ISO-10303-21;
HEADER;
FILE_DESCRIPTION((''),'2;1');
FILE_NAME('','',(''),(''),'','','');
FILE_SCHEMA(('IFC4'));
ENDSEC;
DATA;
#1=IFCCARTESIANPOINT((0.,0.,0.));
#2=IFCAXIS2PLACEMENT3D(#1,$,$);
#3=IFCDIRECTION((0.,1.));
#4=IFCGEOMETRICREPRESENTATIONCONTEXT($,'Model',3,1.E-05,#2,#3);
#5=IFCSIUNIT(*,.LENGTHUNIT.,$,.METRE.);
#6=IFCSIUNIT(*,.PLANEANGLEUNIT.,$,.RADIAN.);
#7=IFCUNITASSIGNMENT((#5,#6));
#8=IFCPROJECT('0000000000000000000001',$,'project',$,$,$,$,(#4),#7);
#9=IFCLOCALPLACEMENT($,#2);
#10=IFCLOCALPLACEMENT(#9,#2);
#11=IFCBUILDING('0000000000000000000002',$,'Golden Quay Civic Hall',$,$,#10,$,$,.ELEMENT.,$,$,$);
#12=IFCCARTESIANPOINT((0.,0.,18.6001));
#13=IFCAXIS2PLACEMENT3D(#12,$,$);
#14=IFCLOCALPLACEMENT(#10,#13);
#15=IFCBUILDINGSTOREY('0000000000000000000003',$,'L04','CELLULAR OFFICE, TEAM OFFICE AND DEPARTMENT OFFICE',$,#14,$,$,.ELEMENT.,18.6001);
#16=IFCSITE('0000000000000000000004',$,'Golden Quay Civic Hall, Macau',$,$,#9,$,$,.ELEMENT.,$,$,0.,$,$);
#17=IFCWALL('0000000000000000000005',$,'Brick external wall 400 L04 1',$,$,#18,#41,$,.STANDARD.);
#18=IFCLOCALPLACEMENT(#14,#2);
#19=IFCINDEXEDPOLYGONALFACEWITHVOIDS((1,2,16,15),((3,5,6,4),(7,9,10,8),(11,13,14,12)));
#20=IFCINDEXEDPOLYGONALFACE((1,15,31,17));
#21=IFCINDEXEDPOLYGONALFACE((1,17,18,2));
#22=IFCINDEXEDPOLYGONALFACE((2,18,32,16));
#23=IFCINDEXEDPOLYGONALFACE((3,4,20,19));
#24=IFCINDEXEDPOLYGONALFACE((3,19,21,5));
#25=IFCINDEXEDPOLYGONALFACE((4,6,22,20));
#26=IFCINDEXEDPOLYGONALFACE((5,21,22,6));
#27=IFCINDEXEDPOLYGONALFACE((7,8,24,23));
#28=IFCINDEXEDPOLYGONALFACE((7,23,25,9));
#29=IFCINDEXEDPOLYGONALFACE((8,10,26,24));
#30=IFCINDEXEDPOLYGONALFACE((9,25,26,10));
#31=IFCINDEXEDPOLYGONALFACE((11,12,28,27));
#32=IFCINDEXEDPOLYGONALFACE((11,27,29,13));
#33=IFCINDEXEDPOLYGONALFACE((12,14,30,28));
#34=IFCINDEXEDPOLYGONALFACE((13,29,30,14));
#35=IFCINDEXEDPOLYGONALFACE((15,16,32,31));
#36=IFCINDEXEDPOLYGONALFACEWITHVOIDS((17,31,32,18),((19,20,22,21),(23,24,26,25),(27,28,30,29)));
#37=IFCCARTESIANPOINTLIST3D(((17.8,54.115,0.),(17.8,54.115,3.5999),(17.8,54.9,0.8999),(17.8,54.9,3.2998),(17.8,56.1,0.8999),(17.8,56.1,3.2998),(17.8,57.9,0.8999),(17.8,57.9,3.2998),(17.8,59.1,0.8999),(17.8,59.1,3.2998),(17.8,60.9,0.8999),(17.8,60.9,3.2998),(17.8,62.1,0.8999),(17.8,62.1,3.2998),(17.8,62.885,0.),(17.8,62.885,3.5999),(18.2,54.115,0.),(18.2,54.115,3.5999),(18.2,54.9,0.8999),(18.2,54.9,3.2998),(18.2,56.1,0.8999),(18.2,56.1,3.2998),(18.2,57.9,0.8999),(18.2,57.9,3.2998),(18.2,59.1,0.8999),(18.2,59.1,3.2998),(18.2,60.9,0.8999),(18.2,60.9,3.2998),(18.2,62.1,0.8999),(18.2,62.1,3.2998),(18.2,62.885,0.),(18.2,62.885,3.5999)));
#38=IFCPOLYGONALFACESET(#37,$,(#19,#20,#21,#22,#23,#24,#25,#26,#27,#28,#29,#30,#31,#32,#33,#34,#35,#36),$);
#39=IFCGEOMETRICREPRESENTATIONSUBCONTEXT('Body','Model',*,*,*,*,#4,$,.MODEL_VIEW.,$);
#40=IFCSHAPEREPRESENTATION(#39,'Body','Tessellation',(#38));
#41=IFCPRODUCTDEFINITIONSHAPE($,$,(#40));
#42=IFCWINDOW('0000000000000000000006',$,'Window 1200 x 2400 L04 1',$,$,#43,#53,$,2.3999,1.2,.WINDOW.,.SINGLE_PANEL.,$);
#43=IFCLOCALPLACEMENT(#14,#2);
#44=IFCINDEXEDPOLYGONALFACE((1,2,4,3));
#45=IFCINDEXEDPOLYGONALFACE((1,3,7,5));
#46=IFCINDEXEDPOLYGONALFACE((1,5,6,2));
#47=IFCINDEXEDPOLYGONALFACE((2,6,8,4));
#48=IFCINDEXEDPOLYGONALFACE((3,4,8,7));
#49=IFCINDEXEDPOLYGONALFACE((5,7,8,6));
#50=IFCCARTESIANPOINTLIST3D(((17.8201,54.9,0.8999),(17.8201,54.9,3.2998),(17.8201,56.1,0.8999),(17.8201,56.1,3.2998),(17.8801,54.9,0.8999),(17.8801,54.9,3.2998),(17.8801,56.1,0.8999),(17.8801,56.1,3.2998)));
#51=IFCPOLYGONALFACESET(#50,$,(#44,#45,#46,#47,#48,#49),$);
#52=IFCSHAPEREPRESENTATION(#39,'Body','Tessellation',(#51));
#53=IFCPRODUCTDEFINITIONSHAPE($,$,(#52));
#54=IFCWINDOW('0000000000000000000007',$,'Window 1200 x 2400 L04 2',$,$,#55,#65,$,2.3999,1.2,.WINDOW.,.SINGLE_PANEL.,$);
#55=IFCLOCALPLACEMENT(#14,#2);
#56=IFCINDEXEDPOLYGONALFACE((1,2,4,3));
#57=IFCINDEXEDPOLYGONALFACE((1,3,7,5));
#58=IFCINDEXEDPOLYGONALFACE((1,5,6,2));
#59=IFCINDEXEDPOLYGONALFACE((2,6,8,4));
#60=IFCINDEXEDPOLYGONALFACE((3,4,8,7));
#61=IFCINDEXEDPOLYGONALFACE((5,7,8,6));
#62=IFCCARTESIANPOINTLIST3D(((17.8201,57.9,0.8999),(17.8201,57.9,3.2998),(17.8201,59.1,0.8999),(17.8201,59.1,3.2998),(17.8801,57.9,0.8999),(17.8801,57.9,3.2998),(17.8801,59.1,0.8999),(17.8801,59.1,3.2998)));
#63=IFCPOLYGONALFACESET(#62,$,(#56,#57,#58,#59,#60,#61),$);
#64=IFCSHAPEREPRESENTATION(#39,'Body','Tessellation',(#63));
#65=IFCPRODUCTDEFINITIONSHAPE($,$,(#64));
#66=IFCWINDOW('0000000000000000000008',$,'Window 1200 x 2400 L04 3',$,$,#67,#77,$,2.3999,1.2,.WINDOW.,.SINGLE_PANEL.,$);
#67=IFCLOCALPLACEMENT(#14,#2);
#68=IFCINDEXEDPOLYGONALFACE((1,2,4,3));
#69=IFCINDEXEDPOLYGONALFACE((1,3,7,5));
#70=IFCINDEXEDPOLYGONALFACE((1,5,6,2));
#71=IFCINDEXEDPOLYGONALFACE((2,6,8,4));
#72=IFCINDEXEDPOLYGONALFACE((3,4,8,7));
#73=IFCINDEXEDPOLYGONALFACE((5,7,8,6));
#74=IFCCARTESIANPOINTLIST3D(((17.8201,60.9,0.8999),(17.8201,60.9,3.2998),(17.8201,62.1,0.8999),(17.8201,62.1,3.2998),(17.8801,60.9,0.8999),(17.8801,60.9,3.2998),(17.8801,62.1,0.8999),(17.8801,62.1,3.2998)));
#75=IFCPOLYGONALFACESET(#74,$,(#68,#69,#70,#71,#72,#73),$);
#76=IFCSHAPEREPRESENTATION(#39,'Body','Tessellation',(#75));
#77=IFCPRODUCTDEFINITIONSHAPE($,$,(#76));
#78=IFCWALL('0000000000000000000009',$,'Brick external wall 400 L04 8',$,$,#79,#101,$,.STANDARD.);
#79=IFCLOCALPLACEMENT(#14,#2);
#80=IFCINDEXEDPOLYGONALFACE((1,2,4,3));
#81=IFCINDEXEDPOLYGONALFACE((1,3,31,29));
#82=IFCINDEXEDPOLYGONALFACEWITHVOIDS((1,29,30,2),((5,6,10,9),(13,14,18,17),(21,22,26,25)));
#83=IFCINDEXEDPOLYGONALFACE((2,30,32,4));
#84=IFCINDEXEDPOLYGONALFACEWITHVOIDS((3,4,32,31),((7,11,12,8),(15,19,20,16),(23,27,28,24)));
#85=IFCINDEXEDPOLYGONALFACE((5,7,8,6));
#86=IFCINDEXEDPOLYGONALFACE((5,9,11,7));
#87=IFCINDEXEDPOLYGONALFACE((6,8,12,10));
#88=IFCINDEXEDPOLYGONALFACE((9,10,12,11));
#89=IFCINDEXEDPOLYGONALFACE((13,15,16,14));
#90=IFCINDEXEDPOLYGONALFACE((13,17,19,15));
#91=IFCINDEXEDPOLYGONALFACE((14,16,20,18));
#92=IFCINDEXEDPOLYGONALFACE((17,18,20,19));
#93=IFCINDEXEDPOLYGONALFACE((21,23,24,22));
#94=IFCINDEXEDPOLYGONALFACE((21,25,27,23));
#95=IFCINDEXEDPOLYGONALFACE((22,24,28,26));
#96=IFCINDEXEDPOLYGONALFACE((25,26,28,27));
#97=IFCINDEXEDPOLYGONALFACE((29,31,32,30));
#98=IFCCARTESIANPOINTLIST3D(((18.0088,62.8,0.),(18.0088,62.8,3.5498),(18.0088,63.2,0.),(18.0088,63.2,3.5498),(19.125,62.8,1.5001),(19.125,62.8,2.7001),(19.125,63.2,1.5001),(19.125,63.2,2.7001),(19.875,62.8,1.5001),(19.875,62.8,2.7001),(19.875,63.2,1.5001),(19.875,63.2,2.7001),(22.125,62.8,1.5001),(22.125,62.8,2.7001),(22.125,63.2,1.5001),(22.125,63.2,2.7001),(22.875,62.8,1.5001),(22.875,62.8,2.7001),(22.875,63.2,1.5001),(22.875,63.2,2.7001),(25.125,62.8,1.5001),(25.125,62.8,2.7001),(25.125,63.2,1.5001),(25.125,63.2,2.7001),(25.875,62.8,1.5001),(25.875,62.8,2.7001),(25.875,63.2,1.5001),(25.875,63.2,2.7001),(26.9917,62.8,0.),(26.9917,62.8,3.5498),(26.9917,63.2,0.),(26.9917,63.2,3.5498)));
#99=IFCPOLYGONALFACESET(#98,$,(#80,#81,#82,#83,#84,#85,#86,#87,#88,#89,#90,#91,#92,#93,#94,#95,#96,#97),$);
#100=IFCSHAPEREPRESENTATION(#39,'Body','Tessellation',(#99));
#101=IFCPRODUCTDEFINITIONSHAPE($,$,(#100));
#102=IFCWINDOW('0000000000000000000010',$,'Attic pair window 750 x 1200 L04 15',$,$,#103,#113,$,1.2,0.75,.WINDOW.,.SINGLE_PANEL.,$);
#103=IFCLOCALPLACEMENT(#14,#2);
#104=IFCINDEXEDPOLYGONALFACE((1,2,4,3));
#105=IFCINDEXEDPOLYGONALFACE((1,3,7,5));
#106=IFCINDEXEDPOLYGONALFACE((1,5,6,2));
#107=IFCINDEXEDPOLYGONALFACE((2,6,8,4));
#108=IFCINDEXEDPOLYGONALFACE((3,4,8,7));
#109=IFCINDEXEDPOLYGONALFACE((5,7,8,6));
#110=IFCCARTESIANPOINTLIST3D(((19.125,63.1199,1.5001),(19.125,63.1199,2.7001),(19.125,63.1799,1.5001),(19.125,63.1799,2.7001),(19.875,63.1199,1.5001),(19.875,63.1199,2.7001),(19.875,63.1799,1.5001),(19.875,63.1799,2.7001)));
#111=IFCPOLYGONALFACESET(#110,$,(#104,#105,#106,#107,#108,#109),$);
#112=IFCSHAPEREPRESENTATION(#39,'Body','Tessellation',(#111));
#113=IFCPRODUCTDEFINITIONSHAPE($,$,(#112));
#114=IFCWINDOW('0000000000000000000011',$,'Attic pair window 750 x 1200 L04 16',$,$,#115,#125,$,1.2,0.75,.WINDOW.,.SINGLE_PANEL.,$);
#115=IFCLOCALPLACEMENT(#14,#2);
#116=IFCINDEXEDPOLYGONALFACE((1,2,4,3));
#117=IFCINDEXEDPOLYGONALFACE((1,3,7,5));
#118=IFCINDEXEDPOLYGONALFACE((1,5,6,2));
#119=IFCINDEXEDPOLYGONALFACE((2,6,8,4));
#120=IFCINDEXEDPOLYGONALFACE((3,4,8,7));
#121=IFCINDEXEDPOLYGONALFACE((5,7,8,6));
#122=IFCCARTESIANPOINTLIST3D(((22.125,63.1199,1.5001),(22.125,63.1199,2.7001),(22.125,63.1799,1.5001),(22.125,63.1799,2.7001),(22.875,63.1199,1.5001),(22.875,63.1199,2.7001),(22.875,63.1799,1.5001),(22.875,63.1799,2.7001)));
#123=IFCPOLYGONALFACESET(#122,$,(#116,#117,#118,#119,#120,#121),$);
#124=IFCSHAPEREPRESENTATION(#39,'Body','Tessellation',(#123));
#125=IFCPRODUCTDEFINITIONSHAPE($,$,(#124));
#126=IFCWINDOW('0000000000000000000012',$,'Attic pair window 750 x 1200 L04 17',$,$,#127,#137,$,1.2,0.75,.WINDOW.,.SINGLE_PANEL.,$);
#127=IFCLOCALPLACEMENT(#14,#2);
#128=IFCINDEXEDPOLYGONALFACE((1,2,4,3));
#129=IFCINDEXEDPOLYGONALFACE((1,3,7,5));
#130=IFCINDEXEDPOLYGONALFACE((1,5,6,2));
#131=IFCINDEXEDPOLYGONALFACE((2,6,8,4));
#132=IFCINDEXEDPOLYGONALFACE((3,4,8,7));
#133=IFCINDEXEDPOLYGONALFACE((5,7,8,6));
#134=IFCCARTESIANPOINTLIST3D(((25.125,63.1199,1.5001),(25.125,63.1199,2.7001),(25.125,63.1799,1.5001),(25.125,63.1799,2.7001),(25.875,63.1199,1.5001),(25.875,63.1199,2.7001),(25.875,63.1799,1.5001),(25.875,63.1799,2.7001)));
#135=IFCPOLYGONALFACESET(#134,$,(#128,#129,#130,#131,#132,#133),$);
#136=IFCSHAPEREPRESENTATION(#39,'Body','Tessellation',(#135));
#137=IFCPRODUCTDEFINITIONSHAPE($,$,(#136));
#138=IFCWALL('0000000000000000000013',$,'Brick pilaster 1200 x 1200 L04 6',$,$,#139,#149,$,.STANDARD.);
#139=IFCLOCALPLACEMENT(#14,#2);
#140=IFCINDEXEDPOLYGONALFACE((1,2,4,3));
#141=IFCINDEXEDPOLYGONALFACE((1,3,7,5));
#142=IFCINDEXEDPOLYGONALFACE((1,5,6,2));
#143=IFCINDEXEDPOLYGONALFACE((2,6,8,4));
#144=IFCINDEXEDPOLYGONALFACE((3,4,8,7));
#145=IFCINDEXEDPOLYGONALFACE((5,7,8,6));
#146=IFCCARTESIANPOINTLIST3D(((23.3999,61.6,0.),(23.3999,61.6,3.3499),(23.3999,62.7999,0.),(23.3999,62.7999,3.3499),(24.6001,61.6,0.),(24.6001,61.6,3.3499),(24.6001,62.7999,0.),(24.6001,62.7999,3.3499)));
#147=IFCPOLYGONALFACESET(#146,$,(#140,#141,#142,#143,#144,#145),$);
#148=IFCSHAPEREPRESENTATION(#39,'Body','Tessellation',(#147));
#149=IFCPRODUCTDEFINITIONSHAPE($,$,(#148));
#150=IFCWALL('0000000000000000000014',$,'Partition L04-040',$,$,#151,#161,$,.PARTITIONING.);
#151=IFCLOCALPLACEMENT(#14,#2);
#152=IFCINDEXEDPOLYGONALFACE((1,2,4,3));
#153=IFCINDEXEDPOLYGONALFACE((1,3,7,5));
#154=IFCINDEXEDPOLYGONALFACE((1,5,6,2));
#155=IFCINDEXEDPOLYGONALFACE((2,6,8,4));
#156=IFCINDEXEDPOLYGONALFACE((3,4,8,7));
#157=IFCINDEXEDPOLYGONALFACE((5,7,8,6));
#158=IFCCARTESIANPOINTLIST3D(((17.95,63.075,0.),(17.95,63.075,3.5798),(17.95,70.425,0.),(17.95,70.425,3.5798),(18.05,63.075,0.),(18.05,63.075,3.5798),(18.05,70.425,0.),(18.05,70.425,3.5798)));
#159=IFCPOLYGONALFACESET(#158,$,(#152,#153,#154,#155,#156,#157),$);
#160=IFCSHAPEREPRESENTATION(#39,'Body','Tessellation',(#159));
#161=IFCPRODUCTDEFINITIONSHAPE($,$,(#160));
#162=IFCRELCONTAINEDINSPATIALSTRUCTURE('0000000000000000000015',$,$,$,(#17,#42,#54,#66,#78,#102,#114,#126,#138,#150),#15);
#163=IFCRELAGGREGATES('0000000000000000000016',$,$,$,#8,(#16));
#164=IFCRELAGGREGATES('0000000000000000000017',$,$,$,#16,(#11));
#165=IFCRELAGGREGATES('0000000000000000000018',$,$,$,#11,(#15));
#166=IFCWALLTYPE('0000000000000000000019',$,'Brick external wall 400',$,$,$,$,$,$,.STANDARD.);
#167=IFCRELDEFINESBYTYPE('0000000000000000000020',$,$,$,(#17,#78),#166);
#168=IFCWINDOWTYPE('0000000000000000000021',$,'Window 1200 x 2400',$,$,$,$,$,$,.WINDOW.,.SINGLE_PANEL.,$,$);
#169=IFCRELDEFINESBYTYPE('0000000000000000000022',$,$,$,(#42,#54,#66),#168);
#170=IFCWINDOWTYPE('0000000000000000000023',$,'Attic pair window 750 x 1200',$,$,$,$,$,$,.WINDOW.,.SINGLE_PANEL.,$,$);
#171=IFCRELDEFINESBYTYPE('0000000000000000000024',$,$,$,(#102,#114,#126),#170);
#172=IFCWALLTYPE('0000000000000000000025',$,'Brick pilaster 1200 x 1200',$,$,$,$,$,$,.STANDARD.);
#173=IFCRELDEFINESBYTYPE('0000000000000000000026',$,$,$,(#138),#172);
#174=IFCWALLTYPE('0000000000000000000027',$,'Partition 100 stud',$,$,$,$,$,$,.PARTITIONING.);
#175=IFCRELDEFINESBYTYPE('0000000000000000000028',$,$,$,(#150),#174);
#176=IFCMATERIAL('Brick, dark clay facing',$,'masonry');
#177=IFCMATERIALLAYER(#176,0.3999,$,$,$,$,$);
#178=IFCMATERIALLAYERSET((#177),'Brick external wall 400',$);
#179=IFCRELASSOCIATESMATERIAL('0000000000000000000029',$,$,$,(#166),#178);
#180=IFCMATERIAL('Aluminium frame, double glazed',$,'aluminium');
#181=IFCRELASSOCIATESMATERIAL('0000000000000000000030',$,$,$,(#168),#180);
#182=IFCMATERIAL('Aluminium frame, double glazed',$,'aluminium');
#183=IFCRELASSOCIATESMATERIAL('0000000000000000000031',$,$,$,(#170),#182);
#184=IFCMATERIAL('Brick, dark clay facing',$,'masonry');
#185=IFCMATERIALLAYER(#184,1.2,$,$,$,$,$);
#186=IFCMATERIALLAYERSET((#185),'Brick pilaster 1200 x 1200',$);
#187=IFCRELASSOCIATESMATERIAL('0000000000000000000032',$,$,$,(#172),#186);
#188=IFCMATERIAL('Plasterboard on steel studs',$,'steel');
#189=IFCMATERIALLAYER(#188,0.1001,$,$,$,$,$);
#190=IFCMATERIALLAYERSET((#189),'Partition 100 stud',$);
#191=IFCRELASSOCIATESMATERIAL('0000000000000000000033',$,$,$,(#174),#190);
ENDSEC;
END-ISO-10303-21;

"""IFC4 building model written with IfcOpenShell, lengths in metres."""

from ifc_helpers import new_model, si_unit, direction, frame, frame_2d, origin, place, context, subcontext, project, spatial, rectangle, extrude, material, layer, layer_set, type_object, element, fill, save


model = new_model("IFC4")

# Units and contexts
model_context = context("Model", 3, precision=1e-05, world=origin(), true_north=direction((0.0, 1.0)))
body_context = subcontext(model_context, "Body", "Model", "MODEL_VIEW")
ifc_project = project(units=[si_unit("LENGTHUNIT", "METRE"), si_unit("PLANEANGLEUNIT", "RADIAN")], contexts=[model_context])

# Site, building, storey
site_placement = place(None, origin())
site = spatial("IfcSite", under=ifc_project, at=site_placement, Name="Golden Quay Civic Hall, Macau", CompositionType="ELEMENT", RefElevation=0.0)
building_placement = place(site_placement, origin())
building = spatial("IfcBuilding", under=site, at=building_placement, Name="Golden Quay Civic Hall", CompositionType="ELEMENT")
storey_placement = place(building_placement, frame((0.0, 0.0, 18.6001)))
storey = spatial("IfcBuildingStorey", under=building, at=storey_placement, Name="L04", Description="CELLULAR OFFICE, TEAM OFFICE AND DEPARTMENT OFFICE", CompositionType="ELEMENT", Elevation=18.6001)

# Walls, openings, windows
ifc_material_1 = material(Name="Brick, dark clay facing", Category="masonry")
ifc_layer_1 = layer(ifc_material_1, 0.3999)
ifc_layer_set_1 = layer_set([ifc_layer_1], Name="Brick external wall 400")
wall_type_1 = type_object("IfcWallType", Name="Brick external wall 400", PredefinedType="STANDARD", material=ifc_layer_set_1)
wall_1_placement = place(storey_placement, frame((18.0, 62.885, 0.0), z_axis=(0.0, 0.0, 1.0), x_axis=(0.0, -1.0, 0.0)))
wall_1 = element("IfcWall", 1, at=wall_1_placement, inside=storey, type_object=wall_type_1, Name="Brick external wall 400 L04 1", PredefinedType="STANDARD", context=body_context, shape_type="SweptSolid", body=[
    extrude(rectangle(XDim=8.77, YDim=0.3999, at=frame_2d((4.385, 0.0))), origin(), (0.0, 0.0, 1.0), 3.5999),
])
opening_1_placement = place(wall_1_placement, frame((6.7849, 0.0, 0.8999)))
opening_1 = element("IfcOpeningElement", 2, at=opening_1_placement, cuts=wall_1, PredefinedType="OPENING", context=body_context, shape_type="SweptSolid", body=[
    extrude(rectangle(XDim=1.2, YDim=2.3999, at=frame_2d((0.6001, 1.2))), frame((0.0, 0.21, 0.0), z_axis=(0.0, -1.0, 0.0), x_axis=(1.0, 0.0, 0.0)), (0.0, 0.0, 1.0), 0.4199),
])
opening_2_placement = place(wall_1_placement, frame((3.7849, 0.0, 0.8999)))
opening_2 = element("IfcOpeningElement", 3, at=opening_2_placement, cuts=wall_1, PredefinedType="OPENING", context=body_context, shape_type="SweptSolid", body=[
    extrude(rectangle(XDim=1.2, YDim=2.3999, at=frame_2d((0.6001, 1.2))), frame((0.0, 0.21, 0.0), z_axis=(0.0, -1.0, 0.0), x_axis=(1.0, 0.0, 0.0)), (0.0, 0.0, 1.0), 0.4199),
])
opening_3_placement = place(wall_1_placement, frame((0.7849, 0.0, 0.8999)))
opening_3 = element("IfcOpeningElement", 4, at=opening_3_placement, cuts=wall_1, PredefinedType="OPENING", context=body_context, shape_type="SweptSolid", body=[
    extrude(rectangle(XDim=1.2, YDim=2.3999, at=frame_2d((0.6001, 1.2))), frame((0.0, 0.21, 0.0), z_axis=(0.0, -1.0, 0.0), x_axis=(1.0, 0.0, 0.0)), (0.0, 0.0, 1.0), 0.4199),
])
ifc_material_2 = material(Name="Aluminium frame, double glazed", Category="aluminium")
window_type_1 = type_object("IfcWindowType", Name="Window 1200 x 2400", PartitioningType="SINGLE_PANEL", PredefinedType="WINDOW", material=ifc_material_2)
window_1_placement = place(opening_1_placement, origin())
window_1 = element("IfcWindow", 5, at=window_1_placement, inside=storey, type_object=window_type_1, Name="Window 1200 x 2400 L04 1", OverallHeight=2.3999, OverallWidth=1.2, PartitioningType="SINGLE_PANEL", PredefinedType="WINDOW", context=body_context, shape_type="SweptSolid", body=[
    extrude(rectangle(XDim=1.2, YDim=2.3999, at=frame_2d((0.6001, 1.2))), frame((0.0, -0.1199, 0.0), z_axis=(0.0, -1.0, 0.0), x_axis=(1.0, 0.0, 0.0)), (0.0, 0.0, 1.0), 0.0601),
])
fill(opening_1, window_1)
window_2_placement = place(opening_2_placement, origin())
window_2 = element("IfcWindow", 6, at=window_2_placement, inside=storey, type_object=window_type_1, Name="Window 1200 x 2400 L04 2", OverallHeight=2.3999, OverallWidth=1.2, PartitioningType="SINGLE_PANEL", PredefinedType="WINDOW", context=body_context, shape_type="SweptSolid", body=[
    extrude(rectangle(XDim=1.2, YDim=2.3999, at=frame_2d((0.6001, 1.2))), frame((0.0, -0.1199, 0.0), z_axis=(0.0, -1.0, 0.0), x_axis=(1.0, 0.0, 0.0)), (0.0, 0.0, 1.0), 0.0601),
])
fill(opening_2, window_2)
window_3_placement = place(opening_3_placement, origin())
window_3 = element("IfcWindow", 7, at=window_3_placement, inside=storey, type_object=window_type_1, Name="Window 1200 x 2400 L04 3", OverallHeight=2.3999, OverallWidth=1.2, PartitioningType="SINGLE_PANEL", PredefinedType="WINDOW", context=body_context, shape_type="SweptSolid", body=[
    extrude(rectangle(XDim=1.2, YDim=2.3999, at=frame_2d((0.6001, 1.2))), frame((0.0, -0.1199, 0.0), z_axis=(0.0, -1.0, 0.0), x_axis=(1.0, 0.0, 0.0)), (0.0, 0.0, 1.0), 0.0601),
])
fill(opening_3, window_3)
wall_2_placement = place(storey_placement, frame((26.9917, 63.0, 0.0), z_axis=(0.0, 0.0, 1.0), x_axis=(-1.0, 0.0, 0.0)))
wall_2 = element("IfcWall", 8, at=wall_2_placement, inside=storey, type_object=wall_type_1, Name="Brick external wall 400 L04 8", PredefinedType="STANDARD", context=body_context, shape_type="SweptSolid", body=[
    extrude(rectangle(XDim=8.9829, YDim=0.3999, at=frame_2d((4.4915, 0.0))), origin(), (0.0, 0.0, 1.0), 3.5498),
])
opening_4_placement = place(wall_2_placement, frame((7.1167, 0.0, 1.5)))
opening_4 = element("IfcOpeningElement", 9, at=opening_4_placement, cuts=wall_2, PredefinedType="OPENING", context=body_context, shape_type="SweptSolid", body=[
    extrude(rectangle(XDim=0.75, YDim=1.2, at=frame_2d((0.375, 0.6001))), frame((0.0, 0.21, 0.0), z_axis=(0.0, -1.0, 0.0), x_axis=(1.0, 0.0, 0.0)), (0.0, 0.0, 1.0), 0.4199),
])
opening_5_placement = place(wall_2_placement, frame((4.1167, 0.0, 1.5)))
opening_5 = element("IfcOpeningElement", 10, at=opening_5_placement, cuts=wall_2, PredefinedType="OPENING", context=body_context, shape_type="SweptSolid", body=[
    extrude(rectangle(XDim=0.75, YDim=1.2, at=frame_2d((0.375, 0.6001))), frame((0.0, 0.21, 0.0), z_axis=(0.0, -1.0, 0.0), x_axis=(1.0, 0.0, 0.0)), (0.0, 0.0, 1.0), 0.4199),
])
opening_6_placement = place(wall_2_placement, frame((1.1167, 0.0, 1.5)))
opening_6 = element("IfcOpeningElement", 11, at=opening_6_placement, cuts=wall_2, PredefinedType="OPENING", context=body_context, shape_type="SweptSolid", body=[
    extrude(rectangle(XDim=0.75, YDim=1.2, at=frame_2d((0.375, 0.6001))), frame((0.0, 0.21, 0.0), z_axis=(0.0, -1.0, 0.0), x_axis=(1.0, 0.0, 0.0)), (0.0, 0.0, 1.0), 0.4199),
])
ifc_material_3 = material(Name="Aluminium frame, double glazed", Category="aluminium")
window_type_2 = type_object("IfcWindowType", Name="Attic pair window 750 x 1200", PartitioningType="SINGLE_PANEL", PredefinedType="WINDOW", material=ifc_material_3)
window_4_placement = place(opening_4_placement, origin())
window_4 = element("IfcWindow", 12, at=window_4_placement, inside=storey, type_object=window_type_2, Name="Attic pair window 750 x 1200 L04 15", OverallHeight=1.2, OverallWidth=0.75, PartitioningType="SINGLE_PANEL", PredefinedType="WINDOW", context=body_context, shape_type="SweptSolid", body=[
    extrude(rectangle(XDim=0.75, YDim=1.2, at=frame_2d((0.375, 0.6001))), frame((0.0, -0.1199, 0.0), z_axis=(0.0, -1.0, 0.0), x_axis=(1.0, 0.0, 0.0)), (0.0, 0.0, 1.0), 0.0601),
])
fill(opening_4, window_4)
window_5_placement = place(opening_5_placement, origin())
window_5 = element("IfcWindow", 13, at=window_5_placement, inside=storey, type_object=window_type_2, Name="Attic pair window 750 x 1200 L04 16", OverallHeight=1.2, OverallWidth=0.75, PartitioningType="SINGLE_PANEL", PredefinedType="WINDOW", context=body_context, shape_type="SweptSolid", body=[
    extrude(rectangle(XDim=0.75, YDim=1.2, at=frame_2d((0.375, 0.6001))), frame((0.0, -0.1199, 0.0), z_axis=(0.0, -1.0, 0.0), x_axis=(1.0, 0.0, 0.0)), (0.0, 0.0, 1.0), 0.0601),
])
fill(opening_5, window_5)
window_6_placement = place(opening_6_placement, origin())
window_6 = element("IfcWindow", 14, at=window_6_placement, inside=storey, type_object=window_type_2, Name="Attic pair window 750 x 1200 L04 17", OverallHeight=1.2, OverallWidth=0.75, PartitioningType="SINGLE_PANEL", PredefinedType="WINDOW", context=body_context, shape_type="SweptSolid", body=[
    extrude(rectangle(XDim=0.75, YDim=1.2, at=frame_2d((0.375, 0.6001))), frame((0.0, -0.1199, 0.0), z_axis=(0.0, -1.0, 0.0), x_axis=(1.0, 0.0, 0.0)), (0.0, 0.0, 1.0), 0.0601),
])
fill(opening_6, window_6)

# Walls
ifc_material_4 = material(Name="Brick, dark clay facing", Category="masonry")
ifc_layer_2 = layer(ifc_material_4, 1.2)
ifc_layer_set_2 = layer_set([ifc_layer_2], Name="Brick pilaster 1200 x 1200")
wall_type_2 = type_object("IfcWallType", Name="Brick pilaster 1200 x 1200", PredefinedType="STANDARD", material=ifc_layer_set_2)
wall_3_placement = place(storey_placement, frame((23.3999, 62.2, 0.0), z_axis=(0.0, 0.0, 1.0), x_axis=(1.0, 0.0, 0.0)))
element("IfcWall", 15, at=wall_3_placement, inside=storey, type_object=wall_type_2, Name="Brick pilaster 1200 x 1200 L04 6", PredefinedType="STANDARD", context=body_context, shape_type="SweptSolid", body=[
    extrude(rectangle(XDim=1.2002, YDim=1.2, at=frame_2d((0.6001, 0.0))), origin(), (0.0, 0.0, 1.0), 3.3499),
])
ifc_material_5 = material(Name="Plasterboard on steel studs", Category="steel")
ifc_layer_3 = layer(ifc_material_5, 0.1001)
ifc_layer_set_3 = layer_set([ifc_layer_3], Name="Partition 100 stud")
wall_type_3 = type_object("IfcWallType", Name="Partition 100 stud", PredefinedType="PARTITIONING", material=ifc_layer_set_3)
wall_4_placement = place(storey_placement, frame((18.0, 63.075, 0.0), z_axis=(0.0, 0.0, 1.0), x_axis=(0.0, 1.0, 0.0)))
element("IfcWall", 16, at=wall_4_placement, inside=storey, type_object=wall_type_3, Name="Partition L04-040", PredefinedType="PARTITIONING", context=body_context, shape_type="SweptSolid", body=[
    extrude(rectangle(XDim=7.3501, YDim=0.1001, at=frame_2d((3.675, 0.0))), origin(), (0.0, 0.0, 1.0), 3.5798),
])

save(model, "model.ifc")
